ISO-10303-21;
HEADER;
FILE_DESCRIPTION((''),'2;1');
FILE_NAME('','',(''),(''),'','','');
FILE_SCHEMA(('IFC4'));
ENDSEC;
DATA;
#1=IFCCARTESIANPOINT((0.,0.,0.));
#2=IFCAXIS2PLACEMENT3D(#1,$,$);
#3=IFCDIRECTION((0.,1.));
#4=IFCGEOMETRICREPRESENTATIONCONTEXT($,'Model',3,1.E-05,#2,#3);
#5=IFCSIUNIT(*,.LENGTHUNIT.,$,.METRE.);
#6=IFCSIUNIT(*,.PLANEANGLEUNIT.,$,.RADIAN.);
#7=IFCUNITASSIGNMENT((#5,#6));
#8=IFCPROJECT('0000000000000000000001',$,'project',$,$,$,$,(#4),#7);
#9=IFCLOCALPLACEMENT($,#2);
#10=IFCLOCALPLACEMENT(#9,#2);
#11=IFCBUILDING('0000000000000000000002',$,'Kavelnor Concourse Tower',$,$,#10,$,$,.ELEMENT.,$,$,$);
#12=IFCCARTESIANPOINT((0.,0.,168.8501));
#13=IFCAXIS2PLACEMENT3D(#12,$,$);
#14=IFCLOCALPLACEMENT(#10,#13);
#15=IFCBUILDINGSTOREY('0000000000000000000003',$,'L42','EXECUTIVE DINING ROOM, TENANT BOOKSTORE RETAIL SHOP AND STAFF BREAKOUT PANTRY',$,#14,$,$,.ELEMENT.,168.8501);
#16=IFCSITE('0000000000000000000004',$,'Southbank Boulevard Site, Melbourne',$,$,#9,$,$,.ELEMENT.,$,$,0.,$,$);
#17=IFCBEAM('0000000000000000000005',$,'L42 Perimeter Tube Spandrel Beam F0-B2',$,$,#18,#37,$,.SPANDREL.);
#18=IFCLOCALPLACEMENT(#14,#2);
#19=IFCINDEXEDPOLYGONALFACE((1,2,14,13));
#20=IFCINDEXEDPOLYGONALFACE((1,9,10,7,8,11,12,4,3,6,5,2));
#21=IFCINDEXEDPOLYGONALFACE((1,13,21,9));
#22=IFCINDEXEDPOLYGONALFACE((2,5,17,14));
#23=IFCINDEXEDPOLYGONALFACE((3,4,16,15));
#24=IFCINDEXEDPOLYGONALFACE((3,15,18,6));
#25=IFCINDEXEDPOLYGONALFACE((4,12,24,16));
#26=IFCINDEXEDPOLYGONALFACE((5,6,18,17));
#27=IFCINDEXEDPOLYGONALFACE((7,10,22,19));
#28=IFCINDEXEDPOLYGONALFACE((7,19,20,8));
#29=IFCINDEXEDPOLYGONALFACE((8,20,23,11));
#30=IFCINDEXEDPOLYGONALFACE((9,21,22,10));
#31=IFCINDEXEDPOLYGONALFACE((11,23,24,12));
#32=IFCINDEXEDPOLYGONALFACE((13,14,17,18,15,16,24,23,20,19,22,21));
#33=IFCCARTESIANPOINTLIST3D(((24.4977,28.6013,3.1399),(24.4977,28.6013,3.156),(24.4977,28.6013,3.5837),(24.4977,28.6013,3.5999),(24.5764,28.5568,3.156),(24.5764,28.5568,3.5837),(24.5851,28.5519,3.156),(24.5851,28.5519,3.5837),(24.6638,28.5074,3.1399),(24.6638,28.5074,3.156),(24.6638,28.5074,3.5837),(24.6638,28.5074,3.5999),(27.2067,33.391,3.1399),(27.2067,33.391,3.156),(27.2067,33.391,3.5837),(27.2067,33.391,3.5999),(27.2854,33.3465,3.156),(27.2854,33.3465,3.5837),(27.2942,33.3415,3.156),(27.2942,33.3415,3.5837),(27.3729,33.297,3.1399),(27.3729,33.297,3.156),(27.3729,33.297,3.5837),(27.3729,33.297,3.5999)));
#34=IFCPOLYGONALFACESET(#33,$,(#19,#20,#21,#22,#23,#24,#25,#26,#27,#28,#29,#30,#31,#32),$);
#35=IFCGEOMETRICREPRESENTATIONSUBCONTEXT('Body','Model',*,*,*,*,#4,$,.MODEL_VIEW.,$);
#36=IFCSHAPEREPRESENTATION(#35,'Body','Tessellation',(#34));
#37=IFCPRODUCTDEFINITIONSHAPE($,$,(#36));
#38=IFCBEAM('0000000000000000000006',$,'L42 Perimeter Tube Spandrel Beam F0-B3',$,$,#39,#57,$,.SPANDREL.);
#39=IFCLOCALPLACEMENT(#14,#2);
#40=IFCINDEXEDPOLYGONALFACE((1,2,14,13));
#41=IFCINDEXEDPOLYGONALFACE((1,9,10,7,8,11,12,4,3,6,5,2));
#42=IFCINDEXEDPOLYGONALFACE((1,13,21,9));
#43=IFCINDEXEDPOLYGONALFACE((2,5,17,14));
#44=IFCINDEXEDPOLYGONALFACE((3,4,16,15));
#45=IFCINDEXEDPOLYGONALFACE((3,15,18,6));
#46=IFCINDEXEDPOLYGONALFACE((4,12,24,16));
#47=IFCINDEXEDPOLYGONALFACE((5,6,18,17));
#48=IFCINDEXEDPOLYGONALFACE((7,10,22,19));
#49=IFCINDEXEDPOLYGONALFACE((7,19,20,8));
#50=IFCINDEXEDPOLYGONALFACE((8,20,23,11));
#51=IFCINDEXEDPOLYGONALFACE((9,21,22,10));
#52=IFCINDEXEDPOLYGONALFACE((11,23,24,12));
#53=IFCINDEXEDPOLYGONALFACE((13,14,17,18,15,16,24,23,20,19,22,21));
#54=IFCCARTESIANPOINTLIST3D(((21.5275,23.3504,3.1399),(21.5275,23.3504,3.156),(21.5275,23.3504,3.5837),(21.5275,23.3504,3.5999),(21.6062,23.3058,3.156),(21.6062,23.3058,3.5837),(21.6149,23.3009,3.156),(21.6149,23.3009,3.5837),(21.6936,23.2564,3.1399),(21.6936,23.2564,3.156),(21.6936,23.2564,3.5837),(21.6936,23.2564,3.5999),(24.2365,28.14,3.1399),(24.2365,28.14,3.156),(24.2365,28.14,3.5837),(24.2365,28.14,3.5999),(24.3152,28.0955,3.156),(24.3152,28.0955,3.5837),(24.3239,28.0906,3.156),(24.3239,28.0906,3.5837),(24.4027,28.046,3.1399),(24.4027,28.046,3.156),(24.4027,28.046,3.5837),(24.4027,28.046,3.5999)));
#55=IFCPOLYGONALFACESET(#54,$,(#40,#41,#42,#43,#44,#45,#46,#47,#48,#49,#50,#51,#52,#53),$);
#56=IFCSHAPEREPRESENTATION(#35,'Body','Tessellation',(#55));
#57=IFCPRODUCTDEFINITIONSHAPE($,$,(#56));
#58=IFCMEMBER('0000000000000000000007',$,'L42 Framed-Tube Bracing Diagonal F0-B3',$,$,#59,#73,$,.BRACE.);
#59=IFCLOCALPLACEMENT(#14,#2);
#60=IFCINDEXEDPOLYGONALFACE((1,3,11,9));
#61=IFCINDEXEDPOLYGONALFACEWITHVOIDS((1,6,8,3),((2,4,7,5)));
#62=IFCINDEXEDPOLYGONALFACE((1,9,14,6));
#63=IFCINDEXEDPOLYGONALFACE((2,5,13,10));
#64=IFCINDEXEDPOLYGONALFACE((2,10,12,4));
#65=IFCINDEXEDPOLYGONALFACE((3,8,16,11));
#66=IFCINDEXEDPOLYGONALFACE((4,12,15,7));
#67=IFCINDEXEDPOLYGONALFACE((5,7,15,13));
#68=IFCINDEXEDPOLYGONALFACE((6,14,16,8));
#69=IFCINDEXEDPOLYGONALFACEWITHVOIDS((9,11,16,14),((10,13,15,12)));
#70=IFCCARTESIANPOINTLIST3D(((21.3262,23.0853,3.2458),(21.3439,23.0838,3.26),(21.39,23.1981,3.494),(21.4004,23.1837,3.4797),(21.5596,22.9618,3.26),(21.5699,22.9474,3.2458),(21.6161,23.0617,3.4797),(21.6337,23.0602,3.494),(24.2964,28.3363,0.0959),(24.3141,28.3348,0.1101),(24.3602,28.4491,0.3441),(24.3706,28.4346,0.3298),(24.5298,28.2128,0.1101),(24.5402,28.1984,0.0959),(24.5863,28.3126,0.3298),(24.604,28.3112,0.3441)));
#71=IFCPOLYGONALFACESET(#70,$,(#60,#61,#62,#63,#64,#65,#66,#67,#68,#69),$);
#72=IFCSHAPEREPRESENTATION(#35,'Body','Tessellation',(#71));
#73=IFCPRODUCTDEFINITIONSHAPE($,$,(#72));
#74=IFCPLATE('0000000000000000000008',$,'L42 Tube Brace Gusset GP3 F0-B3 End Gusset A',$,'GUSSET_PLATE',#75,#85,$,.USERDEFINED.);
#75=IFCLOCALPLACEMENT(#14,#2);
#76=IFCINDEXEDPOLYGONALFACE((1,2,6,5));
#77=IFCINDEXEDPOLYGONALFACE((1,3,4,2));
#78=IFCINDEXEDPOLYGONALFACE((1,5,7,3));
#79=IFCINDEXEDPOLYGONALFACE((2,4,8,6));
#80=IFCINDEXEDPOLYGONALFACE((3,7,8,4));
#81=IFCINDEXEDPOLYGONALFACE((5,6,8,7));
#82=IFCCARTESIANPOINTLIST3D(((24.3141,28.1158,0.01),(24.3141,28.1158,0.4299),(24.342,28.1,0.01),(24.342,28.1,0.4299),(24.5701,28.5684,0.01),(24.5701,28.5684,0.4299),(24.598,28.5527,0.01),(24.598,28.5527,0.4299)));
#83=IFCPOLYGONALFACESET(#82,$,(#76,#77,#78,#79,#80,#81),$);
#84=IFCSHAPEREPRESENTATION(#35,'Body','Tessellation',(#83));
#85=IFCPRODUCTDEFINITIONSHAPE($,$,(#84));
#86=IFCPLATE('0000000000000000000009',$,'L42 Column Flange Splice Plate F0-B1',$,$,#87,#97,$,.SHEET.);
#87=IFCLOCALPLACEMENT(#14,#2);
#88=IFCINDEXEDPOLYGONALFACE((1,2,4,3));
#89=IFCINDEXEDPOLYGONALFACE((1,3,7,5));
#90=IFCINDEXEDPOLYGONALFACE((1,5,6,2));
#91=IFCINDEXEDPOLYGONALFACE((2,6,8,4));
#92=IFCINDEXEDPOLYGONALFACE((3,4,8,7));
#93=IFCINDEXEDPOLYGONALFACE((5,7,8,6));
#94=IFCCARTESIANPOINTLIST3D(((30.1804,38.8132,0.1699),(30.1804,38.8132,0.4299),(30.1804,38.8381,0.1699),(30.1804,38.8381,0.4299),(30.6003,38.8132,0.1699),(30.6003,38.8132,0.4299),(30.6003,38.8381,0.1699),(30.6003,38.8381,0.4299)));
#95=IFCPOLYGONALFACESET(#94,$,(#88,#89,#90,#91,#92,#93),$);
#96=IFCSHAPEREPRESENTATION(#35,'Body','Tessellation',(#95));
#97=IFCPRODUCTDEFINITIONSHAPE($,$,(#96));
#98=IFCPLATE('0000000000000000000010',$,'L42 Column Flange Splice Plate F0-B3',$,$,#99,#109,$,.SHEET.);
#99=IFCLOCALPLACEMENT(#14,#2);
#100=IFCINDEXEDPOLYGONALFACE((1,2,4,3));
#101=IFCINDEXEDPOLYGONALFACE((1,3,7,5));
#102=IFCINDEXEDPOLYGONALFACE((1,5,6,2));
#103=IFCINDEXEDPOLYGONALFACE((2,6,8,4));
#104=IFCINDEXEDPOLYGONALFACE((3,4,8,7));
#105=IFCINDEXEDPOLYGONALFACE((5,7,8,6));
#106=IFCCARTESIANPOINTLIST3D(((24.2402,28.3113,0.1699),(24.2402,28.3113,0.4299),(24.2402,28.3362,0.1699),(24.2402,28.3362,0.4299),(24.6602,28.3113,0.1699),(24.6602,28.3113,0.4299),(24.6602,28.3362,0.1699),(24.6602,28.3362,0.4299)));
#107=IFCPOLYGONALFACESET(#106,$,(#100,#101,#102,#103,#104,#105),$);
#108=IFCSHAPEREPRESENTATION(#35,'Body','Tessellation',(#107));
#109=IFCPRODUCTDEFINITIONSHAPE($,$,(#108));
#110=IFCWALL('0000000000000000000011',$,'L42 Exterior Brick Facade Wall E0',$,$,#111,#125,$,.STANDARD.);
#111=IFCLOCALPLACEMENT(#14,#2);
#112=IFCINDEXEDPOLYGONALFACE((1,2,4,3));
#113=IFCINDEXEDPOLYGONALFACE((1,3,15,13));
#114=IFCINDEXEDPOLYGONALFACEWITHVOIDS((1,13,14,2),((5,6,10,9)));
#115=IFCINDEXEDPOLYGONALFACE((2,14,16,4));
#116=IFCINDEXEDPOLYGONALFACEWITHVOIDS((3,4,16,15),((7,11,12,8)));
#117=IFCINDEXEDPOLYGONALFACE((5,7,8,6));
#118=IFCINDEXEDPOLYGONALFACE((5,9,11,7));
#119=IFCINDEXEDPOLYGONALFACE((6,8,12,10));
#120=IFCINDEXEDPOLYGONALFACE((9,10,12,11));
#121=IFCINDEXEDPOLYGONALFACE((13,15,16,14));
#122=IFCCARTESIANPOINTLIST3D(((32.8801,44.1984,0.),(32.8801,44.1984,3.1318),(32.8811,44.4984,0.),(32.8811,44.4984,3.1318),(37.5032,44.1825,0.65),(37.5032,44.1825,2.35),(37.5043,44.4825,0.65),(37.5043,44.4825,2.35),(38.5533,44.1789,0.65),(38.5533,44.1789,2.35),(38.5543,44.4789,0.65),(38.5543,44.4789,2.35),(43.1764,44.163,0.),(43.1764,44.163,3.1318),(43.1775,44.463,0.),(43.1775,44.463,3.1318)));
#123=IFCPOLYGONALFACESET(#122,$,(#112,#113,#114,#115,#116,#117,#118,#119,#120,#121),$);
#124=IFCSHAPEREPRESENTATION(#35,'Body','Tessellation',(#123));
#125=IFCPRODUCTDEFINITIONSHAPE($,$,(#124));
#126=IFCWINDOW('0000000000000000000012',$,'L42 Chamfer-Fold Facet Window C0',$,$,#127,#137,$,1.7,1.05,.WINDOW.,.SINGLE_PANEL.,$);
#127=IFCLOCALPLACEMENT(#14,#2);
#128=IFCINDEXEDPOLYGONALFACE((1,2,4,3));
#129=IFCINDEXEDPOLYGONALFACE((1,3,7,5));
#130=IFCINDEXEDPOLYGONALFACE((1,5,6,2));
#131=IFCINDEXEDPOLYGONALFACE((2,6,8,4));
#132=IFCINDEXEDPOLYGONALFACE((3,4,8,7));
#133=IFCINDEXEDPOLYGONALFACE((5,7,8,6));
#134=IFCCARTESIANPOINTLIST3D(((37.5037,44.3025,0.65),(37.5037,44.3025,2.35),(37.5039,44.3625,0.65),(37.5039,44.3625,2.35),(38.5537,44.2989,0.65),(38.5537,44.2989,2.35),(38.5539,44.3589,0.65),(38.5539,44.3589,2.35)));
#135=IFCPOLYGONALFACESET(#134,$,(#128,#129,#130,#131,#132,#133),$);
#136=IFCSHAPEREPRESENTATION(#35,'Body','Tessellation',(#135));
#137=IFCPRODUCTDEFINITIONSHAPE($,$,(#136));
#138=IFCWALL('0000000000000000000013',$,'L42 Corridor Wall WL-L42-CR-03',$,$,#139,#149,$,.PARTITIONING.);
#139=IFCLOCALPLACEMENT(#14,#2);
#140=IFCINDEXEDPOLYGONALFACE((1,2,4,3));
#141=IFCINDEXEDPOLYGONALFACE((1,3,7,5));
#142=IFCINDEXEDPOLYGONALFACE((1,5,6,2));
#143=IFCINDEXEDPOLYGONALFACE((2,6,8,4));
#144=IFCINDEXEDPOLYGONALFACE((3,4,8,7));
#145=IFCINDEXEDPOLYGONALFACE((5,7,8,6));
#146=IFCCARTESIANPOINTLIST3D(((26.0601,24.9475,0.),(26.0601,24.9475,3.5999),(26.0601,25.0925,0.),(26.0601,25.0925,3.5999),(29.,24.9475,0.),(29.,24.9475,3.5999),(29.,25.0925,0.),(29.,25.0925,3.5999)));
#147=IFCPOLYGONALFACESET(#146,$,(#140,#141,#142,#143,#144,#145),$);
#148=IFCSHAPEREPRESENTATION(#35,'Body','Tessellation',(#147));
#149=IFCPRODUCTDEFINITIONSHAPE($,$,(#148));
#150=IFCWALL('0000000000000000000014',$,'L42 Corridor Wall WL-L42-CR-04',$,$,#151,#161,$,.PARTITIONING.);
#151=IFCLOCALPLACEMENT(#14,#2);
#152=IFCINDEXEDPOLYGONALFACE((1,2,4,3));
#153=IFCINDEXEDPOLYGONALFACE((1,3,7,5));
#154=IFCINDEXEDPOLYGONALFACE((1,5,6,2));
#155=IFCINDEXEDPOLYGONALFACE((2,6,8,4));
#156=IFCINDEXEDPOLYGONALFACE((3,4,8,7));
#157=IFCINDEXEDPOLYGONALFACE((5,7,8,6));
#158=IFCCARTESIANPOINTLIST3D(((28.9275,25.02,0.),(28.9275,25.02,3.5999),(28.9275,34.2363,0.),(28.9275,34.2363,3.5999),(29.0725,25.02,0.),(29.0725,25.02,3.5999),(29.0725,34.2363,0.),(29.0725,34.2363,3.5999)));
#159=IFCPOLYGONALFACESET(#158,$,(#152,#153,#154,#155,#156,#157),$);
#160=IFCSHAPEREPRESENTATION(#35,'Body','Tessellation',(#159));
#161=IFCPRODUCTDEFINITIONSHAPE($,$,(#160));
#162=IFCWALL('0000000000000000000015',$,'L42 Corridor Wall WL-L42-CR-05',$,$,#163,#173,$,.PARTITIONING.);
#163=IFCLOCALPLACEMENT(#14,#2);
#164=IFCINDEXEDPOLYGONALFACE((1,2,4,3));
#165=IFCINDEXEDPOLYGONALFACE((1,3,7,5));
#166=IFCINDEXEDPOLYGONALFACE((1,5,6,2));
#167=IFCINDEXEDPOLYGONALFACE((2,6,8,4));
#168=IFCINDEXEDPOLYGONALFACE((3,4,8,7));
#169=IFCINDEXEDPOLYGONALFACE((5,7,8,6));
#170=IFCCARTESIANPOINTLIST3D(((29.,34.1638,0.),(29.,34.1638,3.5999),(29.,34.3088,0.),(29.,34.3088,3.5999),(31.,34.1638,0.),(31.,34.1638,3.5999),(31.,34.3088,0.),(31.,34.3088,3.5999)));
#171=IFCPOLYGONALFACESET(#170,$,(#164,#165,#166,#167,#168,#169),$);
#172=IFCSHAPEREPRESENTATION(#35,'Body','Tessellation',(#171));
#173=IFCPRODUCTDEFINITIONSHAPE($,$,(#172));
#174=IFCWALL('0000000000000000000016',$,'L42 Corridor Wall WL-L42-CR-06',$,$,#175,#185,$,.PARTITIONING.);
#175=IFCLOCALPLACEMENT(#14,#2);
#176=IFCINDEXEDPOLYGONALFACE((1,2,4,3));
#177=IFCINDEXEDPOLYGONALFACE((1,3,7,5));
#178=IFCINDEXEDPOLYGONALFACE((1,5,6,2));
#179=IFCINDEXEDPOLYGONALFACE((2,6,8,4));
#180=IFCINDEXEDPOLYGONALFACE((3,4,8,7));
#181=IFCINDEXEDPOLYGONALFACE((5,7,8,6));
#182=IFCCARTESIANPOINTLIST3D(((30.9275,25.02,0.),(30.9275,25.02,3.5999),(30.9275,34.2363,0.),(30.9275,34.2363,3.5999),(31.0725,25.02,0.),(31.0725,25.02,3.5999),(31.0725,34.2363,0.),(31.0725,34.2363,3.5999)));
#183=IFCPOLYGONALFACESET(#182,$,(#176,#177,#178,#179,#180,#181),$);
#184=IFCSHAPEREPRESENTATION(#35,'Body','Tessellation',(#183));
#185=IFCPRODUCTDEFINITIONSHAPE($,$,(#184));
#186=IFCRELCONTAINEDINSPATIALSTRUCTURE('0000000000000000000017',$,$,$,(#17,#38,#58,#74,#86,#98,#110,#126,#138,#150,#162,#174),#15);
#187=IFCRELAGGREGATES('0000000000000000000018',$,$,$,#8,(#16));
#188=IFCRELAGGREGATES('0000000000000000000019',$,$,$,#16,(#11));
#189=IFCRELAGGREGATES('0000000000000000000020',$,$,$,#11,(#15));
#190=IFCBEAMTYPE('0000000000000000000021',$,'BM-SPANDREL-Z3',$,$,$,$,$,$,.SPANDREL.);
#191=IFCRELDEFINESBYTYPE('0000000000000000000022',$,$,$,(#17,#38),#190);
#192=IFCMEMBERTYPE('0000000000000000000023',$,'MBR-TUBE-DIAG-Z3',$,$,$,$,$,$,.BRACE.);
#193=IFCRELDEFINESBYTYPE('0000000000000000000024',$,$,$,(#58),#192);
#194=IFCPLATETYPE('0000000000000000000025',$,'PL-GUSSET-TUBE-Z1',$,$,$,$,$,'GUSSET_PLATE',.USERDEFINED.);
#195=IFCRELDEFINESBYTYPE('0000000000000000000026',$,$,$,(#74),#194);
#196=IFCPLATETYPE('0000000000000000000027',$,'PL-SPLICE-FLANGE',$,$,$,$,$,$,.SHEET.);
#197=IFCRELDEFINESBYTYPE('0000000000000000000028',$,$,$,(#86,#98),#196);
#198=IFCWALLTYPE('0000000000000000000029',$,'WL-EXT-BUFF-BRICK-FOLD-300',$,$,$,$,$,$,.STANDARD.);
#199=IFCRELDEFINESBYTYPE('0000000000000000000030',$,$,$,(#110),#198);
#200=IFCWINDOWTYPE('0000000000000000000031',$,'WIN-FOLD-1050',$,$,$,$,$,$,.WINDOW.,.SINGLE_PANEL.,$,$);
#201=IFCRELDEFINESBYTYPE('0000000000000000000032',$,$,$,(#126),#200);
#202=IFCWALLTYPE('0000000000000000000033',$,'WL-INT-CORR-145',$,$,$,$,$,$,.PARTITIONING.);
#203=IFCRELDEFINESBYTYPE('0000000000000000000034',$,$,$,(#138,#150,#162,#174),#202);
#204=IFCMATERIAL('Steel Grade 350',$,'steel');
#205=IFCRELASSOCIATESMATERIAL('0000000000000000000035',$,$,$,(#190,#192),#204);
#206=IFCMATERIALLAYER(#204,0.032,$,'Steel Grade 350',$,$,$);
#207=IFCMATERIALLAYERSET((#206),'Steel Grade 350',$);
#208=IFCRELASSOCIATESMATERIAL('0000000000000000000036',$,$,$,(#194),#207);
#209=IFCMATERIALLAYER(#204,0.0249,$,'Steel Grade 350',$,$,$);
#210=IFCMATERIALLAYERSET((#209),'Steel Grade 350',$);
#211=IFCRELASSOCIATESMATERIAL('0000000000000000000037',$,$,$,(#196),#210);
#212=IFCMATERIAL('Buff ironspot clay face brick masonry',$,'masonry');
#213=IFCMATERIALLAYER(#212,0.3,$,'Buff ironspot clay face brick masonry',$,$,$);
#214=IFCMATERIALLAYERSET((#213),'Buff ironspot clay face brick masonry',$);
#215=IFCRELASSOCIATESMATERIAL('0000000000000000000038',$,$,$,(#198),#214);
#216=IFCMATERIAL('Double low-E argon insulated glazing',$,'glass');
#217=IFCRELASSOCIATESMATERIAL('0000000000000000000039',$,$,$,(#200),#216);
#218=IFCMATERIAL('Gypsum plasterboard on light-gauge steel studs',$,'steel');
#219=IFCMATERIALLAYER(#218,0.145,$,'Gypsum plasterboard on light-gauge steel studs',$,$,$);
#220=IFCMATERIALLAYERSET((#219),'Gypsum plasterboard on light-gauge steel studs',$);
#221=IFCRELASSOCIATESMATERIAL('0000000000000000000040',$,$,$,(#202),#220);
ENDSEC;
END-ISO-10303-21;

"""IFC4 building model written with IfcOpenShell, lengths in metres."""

from ifc_helpers import new_model, si_unit, direction, frame, frame_2d, origin, origin_2d, place, context, subcontext, project, spatial, rectangle, hollow_rectangle, i_section, extrude, material, layer, layer_set, material_profile, profile_set, type_object, element, fill, save


model = new_model("IFC4")

# Units and contexts
model_context = context("Model", 3, precision=1e-05, world=origin(), true_north=direction((0.0, 1.0)))
body_context = subcontext(model_context, "Body", "Model", "MODEL_VIEW")
ifc_project = project(units=[si_unit("LENGTHUNIT", "METRE"), si_unit("PLANEANGLEUNIT", "RADIAN")], contexts=[model_context])

# Site, building, storey
site_placement = place(None, origin())
site = spatial("IfcSite", under=ifc_project, at=site_placement, Name="Southbank Boulevard Site, Melbourne", CompositionType="ELEMENT", RefElevation=0.0)
building_placement = place(site_placement, origin())
building = spatial("IfcBuilding", under=site, at=building_placement, Name="Kavelnor Concourse Tower", CompositionType="ELEMENT")
storey_placement = place(building_placement, frame((0.0, 0.0, 168.8501)))
storey = spatial("IfcBuildingStorey", under=building, at=storey_placement, Name="L42", Description="EXECUTIVE DINING ROOM, TENANT BOOKSTORE RETAIL SHOP AND STAFF BREAKOUT PANTRY", CompositionType="ELEMENT", Elevation=168.8501)

# Shared definitions
ifc_material_1 = material(Name="Steel Grade 350", Category="steel")

# Beams
ifc_material_profile_1 = material_profile(ifc_material_1, i_section(OverallWidth=0.1909, OverallDepth=0.46, WebThickness=0.01, FlangeThickness=0.0161, at=origin_2d()), Name="460UB82")
ifc_profile_set_1 = profile_set([ifc_material_profile_1], Name="Steel Grade 350")
beam_type_1 = type_object("IfcBeamType", Name="BM-SPANDREL-Z3", PredefinedType="SPANDREL", material=ifc_profile_set_1)
for number, where, z_axis, x_axis, name in (
    (1, (27.2898, 33.344, 3.3699), (-0.492312, -0.870419, 0.0), (0.870419, -0.492312, 0.0), "L42 Perimeter Tube Spandrel Beam F0-B2"),
    (2, (24.3196, 28.093, 3.3699), (-0.492312, -0.870419, 0.0), (0.870419, -0.492312, 0.0), "L42 Perimeter Tube Spandrel Beam F0-B3"),
):
    element("IfcBeam", number, at=place(storey_placement, frame(where, z_axis=z_axis, x_axis=x_axis)), inside=storey, type_object=beam_type_1, Name=name, PredefinedType="SPANDREL", context=body_context, shape_type="SweptSolid", body=[
        extrude(i_section(OverallWidth=0.1909, OverallDepth=0.46, WebThickness=0.01, FlangeThickness=0.0161, at=origin_2d()), origin(), (0.0, 0.0, 1.0), 5.5027),
    ])

# Member
ifc_material_profile_2 = material_profile(ifc_material_1, hollow_rectangle(XDim=0.28, YDim=0.28, WallThickness=0.0161, at=origin_2d()), Name="SHS 280x280x16")
ifc_profile_set_2 = profile_set([ifc_material_profile_2], Name="Steel Grade 350")
member_type = type_object("IfcMemberType", Name="MBR-TUBE-DIAG-Z3", PredefinedType="BRACE", material=ifc_profile_set_2)
member_placement = place(storey_placement, frame((24.4502, 28.3237, 0.22), z_axis=(-0.436434, -0.771562, 0.462837), x_axis=(0.870401, -0.492343, 0.0)))
element("IfcMember", 3, at=member_placement, inside=storey, type_object=member_type, Name="L42 Framed-Tube Bracing Diagonal F0-B3", PredefinedType="BRACE", context=body_context, shape_type="SweptSolid", body=[
    extrude(hollow_rectangle(XDim=0.28, YDim=0.28, WallThickness=0.0161, at=origin_2d()), origin(), (0.0, 0.0, 1.0), 6.8057),
])

# Plates
ifc_layer_1 = layer(ifc_material_1, 0.032, Name="Steel Grade 350")
ifc_layer_set_1 = layer_set([ifc_layer_1], Name="Steel Grade 350")
plate_type_1 = type_object("IfcPlateType", Name="PL-GUSSET-TUBE-Z1", ElementType="GUSSET_PLATE", PredefinedType="USERDEFINED", material=ifc_layer_set_1)
plate_placement = place(storey_placement, frame((24.4561, 28.3342, 0.01), z_axis=(0.0, 0.0, 1.0), x_axis=(-0.492272, -0.870442, 0.0)))
element("IfcPlate", 4, at=plate_placement, inside=storey, type_object=plate_type_1, Name="L42 Tube Brace Gusset GP3 F0-B3 End Gusset A", ObjectType="GUSSET_PLATE", PredefinedType="USERDEFINED", context=body_context, shape_type="SweptSolid", body=[
    extrude(rectangle(XDim=0.52, YDim=0.032, at=origin_2d()), origin(), (0.0, 0.0, 1.0), 0.4199),
])
ifc_layer_2 = layer(ifc_material_1, 0.0249, Name="Steel Grade 350")
ifc_layer_set_2 = layer_set([ifc_layer_2], Name="Steel Grade 350")
plate_type_2 = type_object("IfcPlateType", Name="PL-SPLICE-FLANGE", PredefinedType="SHEET", material=ifc_layer_set_2)
for number, where, z_axis, x_axis, name in (
    (5, (30.3904, 38.8257, 0.1699), (0.0, 0.0, 1.0), (1.0, 0.0, 0.0), "L42 Column Flange Splice Plate F0-B1"),
    (6, (24.4502, 28.3237, 0.1699), (0.0, 0.0, 1.0), (1.0, 0.0, 0.0), "L42 Column Flange Splice Plate F0-B3"),
):
    element("IfcPlate", number, at=place(storey_placement, frame(where, z_axis=z_axis, x_axis=x_axis)), inside=storey, type_object=plate_type_2, Name=name, PredefinedType="SHEET", context=body_context, shape_type="SweptSolid", body=[
        extrude(rectangle(XDim=0.4199, YDim=0.0249, at=origin_2d()), origin(), (0.0, 0.0, 1.0), 0.26),
    ])

# Wall, opening, window
ifc_material_2 = material(Name="Buff ironspot clay face brick masonry", Category="masonry")
ifc_layer_3 = layer(ifc_material_2, 0.3, Name="Buff ironspot clay face brick masonry")
ifc_layer_set_3 = layer_set([ifc_layer_3], Name="Buff ironspot clay face brick masonry")
wall_type_1 = type_object("IfcWallType", Name="WL-EXT-BUFF-BRICK-FOLD-300", PredefinedType="STANDARD", material=ifc_layer_set_3)
wall_1_placement = place(storey_placement, frame((32.8806, 44.3484, 0.0), z_axis=(0.0, 0.0, 1.0), x_axis=(0.999994, -0.003438, 0.0)))
wall_1 = element("IfcWall", 7, at=wall_1_placement, inside=storey, type_object=wall_type_1, Name="L42 Exterior Brick Facade Wall E0", PredefinedType="STANDARD", context=body_context, shape_type="SweptSolid", body=[
    extrude(rectangle(XDim=10.2964, YDim=0.3, at=frame_2d((5.1482, 0.0))), origin(), (0.0, 0.0, 1.0), 3.1318),
])
opening_1_placement = place(wall_1_placement, frame((4.6233, 0.0, 0.6499)))
opening_1 = element("IfcOpeningElement", 8, at=opening_1_placement, cuts=wall_1, PredefinedType="OPENING", context=body_context, shape_type="SweptSolid", body=[
    extrude(rectangle(XDim=1.05, YDim=1.7, at=frame_2d((0.5249, 0.8501))), frame((0.0, 0.1602, 0.0), z_axis=(0.0, -1.0, 0.0), x_axis=(1.0, 0.0, 0.0)), (0.0, 0.0, 1.0), 0.3201),
])
ifc_material_3 = material(Name="Double low-E argon insulated glazing", Category="glass")
window_type = type_object("IfcWindowType", Name="WIN-FOLD-1050", PartitioningType="SINGLE_PANEL", PredefinedType="WINDOW", material=ifc_material_3)
window_placement = place(opening_1_placement, origin())
window = element("IfcWindow", 9, at=window_placement, inside=storey, type_object=window_type, Name="L42 Chamfer-Fold Facet Window C0", OverallHeight=1.7, OverallWidth=1.05, PartitioningType="SINGLE_PANEL", PredefinedType="WINDOW", context=body_context, shape_type="SweptSolid", body=[
    extrude(rectangle(XDim=1.05, YDim=1.7, at=frame_2d((0.5249, 0.8501))), frame((0.0, 0.03, 0.0), z_axis=(0.0, -1.0, 0.0), x_axis=(1.0, 0.0, 0.0)), (0.0, 0.0, 1.0), 0.0601),
])
fill(opening_1, window)

# Walls
ifc_material_4 = material(Name="Gypsum plasterboard on light-gauge steel studs", Category="steel")
ifc_layer_4 = layer(ifc_material_4, 0.145, Name="Gypsum plasterboard on light-gauge steel studs")
ifc_layer_set_4 = layer_set([ifc_layer_4], Name="Gypsum plasterboard on light-gauge steel studs")
wall_type_2 = type_object("IfcWallType", Name="WL-INT-CORR-145", PredefinedType="PARTITIONING", material=ifc_layer_set_4)
wall_2_placement = place(storey_placement, frame((26.0601, 25.02, 0.0), z_axis=(0.0, 0.0, 1.0), x_axis=(1.0, 0.0, 0.0)))
element("IfcWall", 10, at=wall_2_placement, inside=storey, type_object=wall_type_2, Name="L42 Corridor Wall WL-L42-CR-03", PredefinedType="PARTITIONING", context=body_context, shape_type="SweptSolid", body=[
    extrude(rectangle(XDim=2.9399, YDim=0.145, at=frame_2d((1.47, 0.0))), origin(), (0.0, 0.0, 1.0), 3.5999),
])
wall_3_placement = place(storey_placement, frame((29.0, 25.02, 0.0), z_axis=(0.0, 0.0, 1.0), x_axis=(0.0, 1.0, 0.0)))
element("IfcWall", 11, at=wall_3_placement, inside=storey, type_object=wall_type_2, Name="L42 Corridor Wall WL-L42-CR-04", PredefinedType="PARTITIONING", context=body_context, shape_type="SweptSolid", body=[
    extrude(rectangle(XDim=9.2163, YDim=0.145, at=frame_2d((4.6082, 0.0))), origin(), (0.0, 0.0, 1.0), 3.5999),
])
wall_4_placement = place(storey_placement, frame((29.0, 34.2363, 0.0), z_axis=(0.0, 0.0, 1.0), x_axis=(1.0, 0.0, 0.0)))
element("IfcWall", 12, at=wall_4_placement, inside=storey, type_object=wall_type_2, Name="L42 Corridor Wall WL-L42-CR-05", PredefinedType="PARTITIONING", context=body_context, shape_type="SweptSolid", body=[
    extrude(rectangle(XDim=2.0, YDim=0.145, at=frame_2d((1.0, 0.0))), origin(), (0.0, 0.0, 1.0), 3.5999),
])
wall_5_placement = place(storey_placement, frame((31.0, 34.2363, 0.0), z_axis=(0.0, 0.0, 1.0), x_axis=(0.0, -1.0, 0.0)))
element("IfcWall", 13, at=wall_5_placement, inside=storey, type_object=wall_type_2, Name="L42 Corridor Wall WL-L42-CR-06", PredefinedType="PARTITIONING", context=body_context, shape_type="SweptSolid", body=[
    extrude(rectangle(XDim=9.2163, YDim=0.145, at=frame_2d((4.6082, 0.0))), origin(), (0.0, 0.0, 1.0), 3.5999),
])

save(model, "model.ifc")
